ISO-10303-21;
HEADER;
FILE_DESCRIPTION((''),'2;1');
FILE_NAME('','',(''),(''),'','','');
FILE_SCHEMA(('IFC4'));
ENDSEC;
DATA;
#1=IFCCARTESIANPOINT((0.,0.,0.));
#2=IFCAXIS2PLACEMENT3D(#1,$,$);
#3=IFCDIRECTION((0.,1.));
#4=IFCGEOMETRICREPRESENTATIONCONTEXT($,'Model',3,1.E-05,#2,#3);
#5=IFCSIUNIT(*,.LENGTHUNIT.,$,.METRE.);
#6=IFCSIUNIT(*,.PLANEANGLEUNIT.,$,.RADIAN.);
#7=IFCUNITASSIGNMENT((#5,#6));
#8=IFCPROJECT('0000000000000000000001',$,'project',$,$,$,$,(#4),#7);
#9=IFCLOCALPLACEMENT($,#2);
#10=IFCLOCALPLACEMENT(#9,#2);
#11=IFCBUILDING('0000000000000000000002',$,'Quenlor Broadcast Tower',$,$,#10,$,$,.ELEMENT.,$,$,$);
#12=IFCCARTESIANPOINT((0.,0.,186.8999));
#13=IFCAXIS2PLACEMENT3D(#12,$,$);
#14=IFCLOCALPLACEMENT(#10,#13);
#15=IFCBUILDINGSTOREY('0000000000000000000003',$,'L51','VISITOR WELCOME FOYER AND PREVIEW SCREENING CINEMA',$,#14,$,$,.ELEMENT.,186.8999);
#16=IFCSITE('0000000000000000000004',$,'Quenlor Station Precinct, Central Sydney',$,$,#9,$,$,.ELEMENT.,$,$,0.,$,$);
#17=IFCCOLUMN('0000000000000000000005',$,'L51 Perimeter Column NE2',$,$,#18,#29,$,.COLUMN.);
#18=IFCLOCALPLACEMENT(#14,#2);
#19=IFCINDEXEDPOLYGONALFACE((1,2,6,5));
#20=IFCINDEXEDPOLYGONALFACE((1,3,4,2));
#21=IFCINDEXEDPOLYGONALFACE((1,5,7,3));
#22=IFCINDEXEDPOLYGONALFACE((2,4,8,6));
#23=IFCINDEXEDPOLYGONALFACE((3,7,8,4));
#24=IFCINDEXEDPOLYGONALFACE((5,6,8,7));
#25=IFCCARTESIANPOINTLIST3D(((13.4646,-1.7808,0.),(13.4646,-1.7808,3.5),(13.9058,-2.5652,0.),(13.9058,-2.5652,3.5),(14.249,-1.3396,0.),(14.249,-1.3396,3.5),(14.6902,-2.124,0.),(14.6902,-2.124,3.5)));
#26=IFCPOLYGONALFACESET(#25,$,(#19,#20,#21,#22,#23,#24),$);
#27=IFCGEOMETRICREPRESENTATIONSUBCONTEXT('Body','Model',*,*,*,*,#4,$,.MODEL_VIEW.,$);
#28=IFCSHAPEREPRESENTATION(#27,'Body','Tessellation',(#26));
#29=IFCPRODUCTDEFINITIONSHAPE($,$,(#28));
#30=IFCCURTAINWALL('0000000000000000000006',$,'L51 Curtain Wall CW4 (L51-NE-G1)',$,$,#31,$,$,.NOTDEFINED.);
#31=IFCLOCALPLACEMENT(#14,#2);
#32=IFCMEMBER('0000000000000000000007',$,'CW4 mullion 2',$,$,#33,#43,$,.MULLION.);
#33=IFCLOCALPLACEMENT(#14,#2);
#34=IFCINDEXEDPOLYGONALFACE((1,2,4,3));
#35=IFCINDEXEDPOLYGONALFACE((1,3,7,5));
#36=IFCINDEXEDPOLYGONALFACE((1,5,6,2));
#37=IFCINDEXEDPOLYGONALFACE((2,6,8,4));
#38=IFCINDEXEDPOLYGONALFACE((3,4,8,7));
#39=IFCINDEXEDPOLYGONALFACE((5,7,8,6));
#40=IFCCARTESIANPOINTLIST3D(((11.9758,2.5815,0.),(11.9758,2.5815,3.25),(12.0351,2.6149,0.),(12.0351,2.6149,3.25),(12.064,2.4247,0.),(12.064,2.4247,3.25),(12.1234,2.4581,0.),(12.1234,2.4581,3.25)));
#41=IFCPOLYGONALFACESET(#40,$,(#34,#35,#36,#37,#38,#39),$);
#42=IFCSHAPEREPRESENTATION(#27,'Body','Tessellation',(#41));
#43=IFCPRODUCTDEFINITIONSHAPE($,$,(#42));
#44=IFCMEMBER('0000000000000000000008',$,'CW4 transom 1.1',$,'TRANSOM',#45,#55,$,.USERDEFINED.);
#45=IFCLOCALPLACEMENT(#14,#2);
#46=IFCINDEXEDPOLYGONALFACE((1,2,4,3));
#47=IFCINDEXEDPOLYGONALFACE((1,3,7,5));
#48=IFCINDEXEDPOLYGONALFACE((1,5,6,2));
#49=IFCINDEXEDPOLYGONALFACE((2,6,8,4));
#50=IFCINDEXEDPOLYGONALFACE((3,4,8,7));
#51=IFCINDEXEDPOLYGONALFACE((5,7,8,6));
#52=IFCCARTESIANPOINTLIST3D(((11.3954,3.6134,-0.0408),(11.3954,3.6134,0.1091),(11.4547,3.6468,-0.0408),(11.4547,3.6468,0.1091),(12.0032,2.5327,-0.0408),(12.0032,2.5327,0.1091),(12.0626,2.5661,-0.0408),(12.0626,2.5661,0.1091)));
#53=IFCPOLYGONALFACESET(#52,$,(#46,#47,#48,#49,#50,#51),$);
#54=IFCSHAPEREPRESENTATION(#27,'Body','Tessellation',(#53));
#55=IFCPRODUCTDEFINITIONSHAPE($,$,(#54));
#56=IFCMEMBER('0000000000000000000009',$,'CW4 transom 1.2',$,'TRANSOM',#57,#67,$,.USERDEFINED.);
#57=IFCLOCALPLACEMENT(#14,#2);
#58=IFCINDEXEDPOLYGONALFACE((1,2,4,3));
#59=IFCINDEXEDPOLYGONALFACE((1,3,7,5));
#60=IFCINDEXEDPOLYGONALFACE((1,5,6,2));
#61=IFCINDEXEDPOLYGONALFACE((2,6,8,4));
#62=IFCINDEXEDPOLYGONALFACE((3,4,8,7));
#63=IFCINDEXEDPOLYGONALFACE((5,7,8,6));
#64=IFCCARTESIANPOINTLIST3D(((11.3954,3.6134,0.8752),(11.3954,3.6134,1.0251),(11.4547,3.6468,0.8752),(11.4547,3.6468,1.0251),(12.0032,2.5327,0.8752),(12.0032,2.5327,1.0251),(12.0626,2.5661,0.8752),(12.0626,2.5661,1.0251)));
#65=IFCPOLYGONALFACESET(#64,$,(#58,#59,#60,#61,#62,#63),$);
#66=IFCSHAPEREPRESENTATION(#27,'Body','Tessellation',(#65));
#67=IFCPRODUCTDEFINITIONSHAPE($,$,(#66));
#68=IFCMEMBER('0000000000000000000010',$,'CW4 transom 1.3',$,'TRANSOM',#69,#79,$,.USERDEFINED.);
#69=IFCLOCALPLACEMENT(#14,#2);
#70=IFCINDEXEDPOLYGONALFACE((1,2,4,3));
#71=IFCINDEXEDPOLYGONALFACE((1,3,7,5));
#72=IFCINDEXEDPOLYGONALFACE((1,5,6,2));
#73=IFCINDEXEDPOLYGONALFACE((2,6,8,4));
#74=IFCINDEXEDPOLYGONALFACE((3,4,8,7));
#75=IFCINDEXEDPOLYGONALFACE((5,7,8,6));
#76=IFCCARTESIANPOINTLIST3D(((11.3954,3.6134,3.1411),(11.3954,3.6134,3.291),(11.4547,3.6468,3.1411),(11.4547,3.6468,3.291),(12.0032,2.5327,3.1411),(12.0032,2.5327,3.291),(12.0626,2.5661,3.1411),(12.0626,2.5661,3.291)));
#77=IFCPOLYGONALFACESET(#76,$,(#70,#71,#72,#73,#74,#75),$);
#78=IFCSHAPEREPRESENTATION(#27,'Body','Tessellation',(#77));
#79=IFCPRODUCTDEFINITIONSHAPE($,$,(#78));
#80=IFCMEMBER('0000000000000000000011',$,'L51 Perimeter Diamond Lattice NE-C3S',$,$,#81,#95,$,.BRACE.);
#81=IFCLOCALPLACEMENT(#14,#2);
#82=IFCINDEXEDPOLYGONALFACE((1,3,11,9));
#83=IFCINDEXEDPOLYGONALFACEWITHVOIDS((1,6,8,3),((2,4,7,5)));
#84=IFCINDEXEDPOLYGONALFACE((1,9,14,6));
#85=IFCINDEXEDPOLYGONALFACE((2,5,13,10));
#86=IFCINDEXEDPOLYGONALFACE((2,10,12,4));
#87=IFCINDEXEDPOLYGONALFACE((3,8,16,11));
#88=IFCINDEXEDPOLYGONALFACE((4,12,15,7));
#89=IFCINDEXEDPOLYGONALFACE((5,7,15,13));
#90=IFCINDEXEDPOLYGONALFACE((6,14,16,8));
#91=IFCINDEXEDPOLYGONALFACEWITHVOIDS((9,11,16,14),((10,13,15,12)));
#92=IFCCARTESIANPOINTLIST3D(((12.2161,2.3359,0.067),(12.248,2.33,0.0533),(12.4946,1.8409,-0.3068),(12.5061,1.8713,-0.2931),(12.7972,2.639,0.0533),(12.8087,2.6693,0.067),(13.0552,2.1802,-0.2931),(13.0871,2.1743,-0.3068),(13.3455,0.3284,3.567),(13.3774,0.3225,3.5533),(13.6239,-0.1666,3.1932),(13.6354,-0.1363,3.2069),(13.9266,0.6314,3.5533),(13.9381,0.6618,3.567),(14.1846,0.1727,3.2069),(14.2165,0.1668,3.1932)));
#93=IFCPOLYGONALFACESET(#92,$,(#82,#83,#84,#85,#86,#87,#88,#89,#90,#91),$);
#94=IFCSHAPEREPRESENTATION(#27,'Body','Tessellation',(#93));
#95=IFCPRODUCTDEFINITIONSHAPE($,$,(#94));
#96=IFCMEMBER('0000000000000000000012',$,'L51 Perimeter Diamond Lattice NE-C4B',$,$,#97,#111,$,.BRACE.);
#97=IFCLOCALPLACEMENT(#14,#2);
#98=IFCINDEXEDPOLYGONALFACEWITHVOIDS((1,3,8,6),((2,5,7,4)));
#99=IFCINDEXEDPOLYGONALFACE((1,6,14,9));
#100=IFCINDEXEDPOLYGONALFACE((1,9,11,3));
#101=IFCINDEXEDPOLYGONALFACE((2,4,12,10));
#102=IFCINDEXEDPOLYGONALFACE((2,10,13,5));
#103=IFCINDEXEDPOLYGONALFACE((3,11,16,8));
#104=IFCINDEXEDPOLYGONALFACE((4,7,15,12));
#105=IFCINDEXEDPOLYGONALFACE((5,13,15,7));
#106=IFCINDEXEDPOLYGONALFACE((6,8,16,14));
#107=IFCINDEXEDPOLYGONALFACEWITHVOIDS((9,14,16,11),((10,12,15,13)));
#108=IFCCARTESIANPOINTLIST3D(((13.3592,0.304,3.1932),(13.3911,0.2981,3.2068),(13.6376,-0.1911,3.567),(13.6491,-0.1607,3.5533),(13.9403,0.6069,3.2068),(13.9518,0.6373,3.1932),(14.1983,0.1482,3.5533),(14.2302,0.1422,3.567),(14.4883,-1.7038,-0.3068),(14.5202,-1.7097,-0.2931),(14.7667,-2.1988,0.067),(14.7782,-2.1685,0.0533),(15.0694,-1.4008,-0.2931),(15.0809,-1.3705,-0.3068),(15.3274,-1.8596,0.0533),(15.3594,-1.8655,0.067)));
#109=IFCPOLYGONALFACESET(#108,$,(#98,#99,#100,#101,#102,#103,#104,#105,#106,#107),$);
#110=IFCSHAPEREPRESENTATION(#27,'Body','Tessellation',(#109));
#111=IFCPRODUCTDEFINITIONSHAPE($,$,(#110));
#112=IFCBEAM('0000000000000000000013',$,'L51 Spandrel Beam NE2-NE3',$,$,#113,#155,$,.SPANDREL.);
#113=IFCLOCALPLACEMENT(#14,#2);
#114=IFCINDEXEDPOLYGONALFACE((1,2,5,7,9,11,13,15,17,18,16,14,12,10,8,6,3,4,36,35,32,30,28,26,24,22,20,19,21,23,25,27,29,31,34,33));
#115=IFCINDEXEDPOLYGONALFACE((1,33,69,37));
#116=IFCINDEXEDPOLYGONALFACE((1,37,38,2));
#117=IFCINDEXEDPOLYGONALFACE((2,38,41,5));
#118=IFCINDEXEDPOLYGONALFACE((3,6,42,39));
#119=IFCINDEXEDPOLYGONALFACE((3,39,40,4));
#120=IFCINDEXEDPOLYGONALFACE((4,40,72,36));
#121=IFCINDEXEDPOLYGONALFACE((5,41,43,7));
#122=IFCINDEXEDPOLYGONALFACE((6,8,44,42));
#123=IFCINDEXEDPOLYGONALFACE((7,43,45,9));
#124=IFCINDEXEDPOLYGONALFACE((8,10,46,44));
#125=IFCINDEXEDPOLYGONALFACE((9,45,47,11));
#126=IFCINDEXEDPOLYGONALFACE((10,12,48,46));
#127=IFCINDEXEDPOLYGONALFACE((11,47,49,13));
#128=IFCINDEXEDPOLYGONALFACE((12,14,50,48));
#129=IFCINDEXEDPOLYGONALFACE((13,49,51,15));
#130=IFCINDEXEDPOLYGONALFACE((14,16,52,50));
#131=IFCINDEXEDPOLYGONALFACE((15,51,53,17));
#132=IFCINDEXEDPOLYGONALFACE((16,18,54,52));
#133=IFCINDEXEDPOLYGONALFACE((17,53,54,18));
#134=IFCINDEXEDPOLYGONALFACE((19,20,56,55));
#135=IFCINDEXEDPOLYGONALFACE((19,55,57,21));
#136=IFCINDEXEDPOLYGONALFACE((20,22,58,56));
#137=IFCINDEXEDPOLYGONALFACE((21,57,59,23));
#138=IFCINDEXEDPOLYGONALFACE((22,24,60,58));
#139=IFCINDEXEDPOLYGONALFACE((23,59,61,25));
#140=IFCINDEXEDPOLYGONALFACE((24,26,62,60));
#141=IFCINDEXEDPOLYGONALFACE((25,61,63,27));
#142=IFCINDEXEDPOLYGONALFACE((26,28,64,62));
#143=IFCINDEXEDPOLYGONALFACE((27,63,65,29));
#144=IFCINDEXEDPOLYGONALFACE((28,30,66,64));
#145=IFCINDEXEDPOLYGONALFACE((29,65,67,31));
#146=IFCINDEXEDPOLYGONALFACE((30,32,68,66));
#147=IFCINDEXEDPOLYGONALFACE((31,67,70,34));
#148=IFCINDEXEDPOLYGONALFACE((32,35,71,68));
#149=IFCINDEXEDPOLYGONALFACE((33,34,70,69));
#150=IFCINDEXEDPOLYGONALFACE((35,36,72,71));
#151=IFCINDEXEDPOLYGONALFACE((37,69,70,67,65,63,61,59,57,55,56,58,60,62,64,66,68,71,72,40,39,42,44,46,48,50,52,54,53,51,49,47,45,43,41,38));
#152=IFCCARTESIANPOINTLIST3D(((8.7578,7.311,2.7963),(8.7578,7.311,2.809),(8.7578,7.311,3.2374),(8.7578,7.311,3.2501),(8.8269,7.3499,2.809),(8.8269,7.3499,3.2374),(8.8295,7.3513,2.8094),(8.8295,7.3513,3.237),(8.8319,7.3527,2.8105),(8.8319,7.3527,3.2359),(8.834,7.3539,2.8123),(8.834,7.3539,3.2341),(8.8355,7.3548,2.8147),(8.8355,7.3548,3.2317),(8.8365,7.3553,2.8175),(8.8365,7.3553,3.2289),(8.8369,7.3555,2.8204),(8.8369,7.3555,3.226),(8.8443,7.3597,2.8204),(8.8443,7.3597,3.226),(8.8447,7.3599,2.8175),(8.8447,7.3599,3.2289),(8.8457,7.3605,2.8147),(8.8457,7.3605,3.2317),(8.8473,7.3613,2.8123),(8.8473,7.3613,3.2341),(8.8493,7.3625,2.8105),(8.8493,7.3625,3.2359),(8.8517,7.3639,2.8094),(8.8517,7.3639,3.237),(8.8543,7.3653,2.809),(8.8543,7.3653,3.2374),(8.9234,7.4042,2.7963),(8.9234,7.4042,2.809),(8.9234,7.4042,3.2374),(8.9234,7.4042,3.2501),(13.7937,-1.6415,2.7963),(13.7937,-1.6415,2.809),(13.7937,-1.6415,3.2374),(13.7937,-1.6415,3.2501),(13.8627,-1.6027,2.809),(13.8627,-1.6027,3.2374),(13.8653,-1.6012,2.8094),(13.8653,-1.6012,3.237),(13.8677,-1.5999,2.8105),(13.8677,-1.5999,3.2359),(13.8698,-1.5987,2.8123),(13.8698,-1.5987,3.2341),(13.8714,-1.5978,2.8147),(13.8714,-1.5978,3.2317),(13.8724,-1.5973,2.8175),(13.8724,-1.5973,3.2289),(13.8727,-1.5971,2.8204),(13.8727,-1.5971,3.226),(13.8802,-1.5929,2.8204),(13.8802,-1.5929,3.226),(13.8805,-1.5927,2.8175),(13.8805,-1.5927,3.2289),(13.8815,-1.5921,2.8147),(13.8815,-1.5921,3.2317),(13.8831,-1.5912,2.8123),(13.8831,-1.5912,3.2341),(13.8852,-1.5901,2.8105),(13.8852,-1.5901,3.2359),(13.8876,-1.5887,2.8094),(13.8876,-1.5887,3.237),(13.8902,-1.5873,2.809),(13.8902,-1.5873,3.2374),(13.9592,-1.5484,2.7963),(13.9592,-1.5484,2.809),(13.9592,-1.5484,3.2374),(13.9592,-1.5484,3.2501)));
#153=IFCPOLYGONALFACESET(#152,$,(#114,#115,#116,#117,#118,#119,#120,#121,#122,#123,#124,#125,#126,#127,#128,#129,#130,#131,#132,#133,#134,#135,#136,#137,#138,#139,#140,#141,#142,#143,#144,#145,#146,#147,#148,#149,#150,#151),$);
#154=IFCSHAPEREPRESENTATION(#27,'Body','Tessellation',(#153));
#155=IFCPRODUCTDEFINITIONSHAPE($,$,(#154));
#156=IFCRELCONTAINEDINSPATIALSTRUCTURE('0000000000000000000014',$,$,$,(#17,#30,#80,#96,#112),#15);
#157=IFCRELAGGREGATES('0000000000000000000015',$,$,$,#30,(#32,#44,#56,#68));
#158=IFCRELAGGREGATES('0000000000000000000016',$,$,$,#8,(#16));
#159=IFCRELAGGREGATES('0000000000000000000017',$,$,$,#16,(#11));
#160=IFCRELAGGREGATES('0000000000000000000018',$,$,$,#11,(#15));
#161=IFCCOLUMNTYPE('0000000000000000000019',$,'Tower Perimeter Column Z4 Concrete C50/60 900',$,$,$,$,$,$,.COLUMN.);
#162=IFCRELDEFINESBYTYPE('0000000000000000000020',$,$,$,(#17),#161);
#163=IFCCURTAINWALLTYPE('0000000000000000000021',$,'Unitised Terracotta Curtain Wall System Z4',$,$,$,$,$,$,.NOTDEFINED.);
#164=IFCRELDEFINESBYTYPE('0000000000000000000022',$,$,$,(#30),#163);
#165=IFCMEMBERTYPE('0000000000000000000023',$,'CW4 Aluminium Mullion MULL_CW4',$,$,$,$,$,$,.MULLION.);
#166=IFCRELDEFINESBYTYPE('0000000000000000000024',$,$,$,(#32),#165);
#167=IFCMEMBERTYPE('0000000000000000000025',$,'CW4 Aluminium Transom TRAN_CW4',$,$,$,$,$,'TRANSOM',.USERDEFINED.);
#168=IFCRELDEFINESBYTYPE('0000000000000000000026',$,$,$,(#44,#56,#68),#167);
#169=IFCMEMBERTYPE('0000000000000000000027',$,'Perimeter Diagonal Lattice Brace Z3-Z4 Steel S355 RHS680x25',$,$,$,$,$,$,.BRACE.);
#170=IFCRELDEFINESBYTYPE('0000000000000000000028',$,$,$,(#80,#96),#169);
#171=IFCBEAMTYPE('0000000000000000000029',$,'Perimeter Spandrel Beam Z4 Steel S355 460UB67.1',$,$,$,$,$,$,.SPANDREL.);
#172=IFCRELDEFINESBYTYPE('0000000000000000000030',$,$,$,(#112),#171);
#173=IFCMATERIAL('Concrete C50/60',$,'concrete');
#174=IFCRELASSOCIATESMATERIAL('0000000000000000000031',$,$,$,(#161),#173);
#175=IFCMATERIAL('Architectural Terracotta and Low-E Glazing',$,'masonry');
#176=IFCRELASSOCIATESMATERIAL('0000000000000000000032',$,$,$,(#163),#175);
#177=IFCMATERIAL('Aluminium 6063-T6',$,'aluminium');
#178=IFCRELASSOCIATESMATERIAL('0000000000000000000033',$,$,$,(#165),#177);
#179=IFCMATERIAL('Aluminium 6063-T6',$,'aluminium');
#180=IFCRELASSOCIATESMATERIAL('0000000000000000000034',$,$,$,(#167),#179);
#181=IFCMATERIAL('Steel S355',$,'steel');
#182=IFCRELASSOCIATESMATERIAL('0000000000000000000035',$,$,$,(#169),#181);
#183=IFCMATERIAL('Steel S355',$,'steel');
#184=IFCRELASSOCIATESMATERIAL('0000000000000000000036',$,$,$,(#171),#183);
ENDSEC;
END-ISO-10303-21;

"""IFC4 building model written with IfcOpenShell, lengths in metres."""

from ifc_helpers import new_model, si_unit, direction, frame, origin, origin_2d, place, context, subcontext, project, spatial, rectangle, hollow_rectangle, i_section, extrude, material, material_profile, profile_set, type_object, element, aggregate, save


model = new_model("IFC4")

# Units and contexts
model_context = context("Model", 3, precision=1e-05, world=origin(), true_north=direction((0.0, 1.0)))
body_context = subcontext(model_context, "Body", "Model", "MODEL_VIEW")
ifc_project = project(units=[si_unit("LENGTHUNIT", "METRE"), si_unit("PLANEANGLEUNIT", "RADIAN")], contexts=[model_context])

# Site, building, storey
site_placement = place(None, origin())
site = spatial("IfcSite", under=ifc_project, at=site_placement, Name="Quenlor Station Precinct, Central Sydney", CompositionType="ELEMENT", RefElevation=0.0)
building_placement = place(site_placement, origin())
building = spatial("IfcBuilding", under=site, at=building_placement, Name="Quenlor Broadcast Tower", CompositionType="ELEMENT")
storey_placement = place(building_placement, frame((0.0, 0.0, 186.8999)))
storey = spatial("IfcBuildingStorey", under=building, at=storey_placement, Name="L51", Description="VISITOR WELCOME FOYER AND PREVIEW SCREENING CINEMA", CompositionType="ELEMENT", Elevation=186.8999)

# Column
ifc_material_1 = material(Name="Concrete C50/60", Category="concrete")
ifc_material_profile_1 = material_profile(ifc_material_1, rectangle(XDim=0.8999, YDim=0.8999, at=origin_2d()))
ifc_profile_set_1 = profile_set([ifc_material_profile_1], Name="Concrete C50/60 RC900x900")
column_type = type_object("IfcColumnType", Name="Tower Perimeter Column Z4 Concrete C50/60 900", PredefinedType="COLUMN", material=ifc_profile_set_1)
column_placement = place(storey_placement, frame((14.0774, -1.9524, 0.0), z_axis=(0.0, 0.0, 1.0), x_axis=(0.871575, 0.490262, 0.0)))
element("IfcColumn", 1, at=column_placement, inside=storey, type_object=column_type, Name="L51 Perimeter Column NE2", PredefinedType="COLUMN", context=body_context, shape_type="SweptSolid", body=[
    extrude(rectangle(XDim=0.8999, YDim=0.8999, at=origin_2d()), origin(), (0.0, 0.0, 1.0), 3.5),
])

# Curtain wall, members
ifc_material_2 = material(Name="Architectural Terracotta and Low-E Glazing", Category="masonry")
curtain_wall_type = type_object("IfcCurtainWallType", Name="Unitised Terracotta Curtain Wall System Z4", PredefinedType="NOTDEFINED", material=ifc_material_2)
curtain_wall_placement = place(storey_placement, origin())
curtain_wall = element("IfcCurtainWall", 2, at=curtain_wall_placement, inside=storey, type_object=curtain_wall_type, Name="L51 Curtain Wall CW4 (L51-NE-G1)", PredefinedType="NOTDEFINED")
ifc_material_3 = material(Name="Aluminium 6063-T6", Category="aluminium")
ifc_material_profile_2 = material_profile(ifc_material_3, rectangle(XDim=0.0681, YDim=0.1799, at=origin_2d()))
ifc_profile_set_2 = profile_set([ifc_material_profile_2], Name="Aluminium 6063-T6 MULL68x180")
member_type_1 = type_object("IfcMemberType", Name="CW4 Aluminium Mullion MULL_CW4", PredefinedType="MULLION", material=ifc_profile_set_2)
member_1_placement = place(storey_placement, frame((12.0496, 2.5198, 0.0), z_axis=(0.0, 0.0, 1.0), x_axis=(0.87156, 0.490289, 0.0)))
member_1 = element("IfcMember", 3, at=member_1_placement, type_object=member_type_1, Name="CW4 mullion 2", PredefinedType="MULLION", context=body_context, shape_type="SweptSolid", body=[
    extrude(rectangle(XDim=0.0681, YDim=0.1799, at=origin_2d()), origin(), (0.0, 0.0, 1.0), 3.25),
])
ifc_material_4 = material(Name="Aluminium 6063-T6", Category="aluminium")
ifc_material_profile_3 = material_profile(ifc_material_4, rectangle(XDim=0.0681, YDim=0.1499, at=origin_2d()))
ifc_profile_set_3 = profile_set([ifc_material_profile_3], Name="Aluminium 6063-T6 TRAN68x150")
member_type_2 = type_object("IfcMemberType", Name="CW4 Aluminium Transom TRAN_CW4", ElementType="TRANSOM", PredefinedType="USERDEFINED", material=ifc_profile_set_3)
member_2_placement = place(storey_placement, frame((11.425, 3.6301, 0.0342), z_axis=(0.490233, -0.871591, 0.0), x_axis=(0.871591, 0.490233, 0.0)))
member_2 = element("IfcMember", 4, at=member_2_placement, type_object=member_type_2, Name="CW4 transom 1.1", ObjectType="TRANSOM", PredefinedType="USERDEFINED", context=body_context, shape_type="SweptSolid", body=[
    extrude(rectangle(XDim=0.0681, YDim=0.1499, at=origin_2d()), origin(), (0.0, 0.0, 1.0), 1.24),
])
member_3_placement = place(storey_placement, frame((11.425, 3.6301, 0.9502), z_axis=(0.490233, -0.871591, 0.0), x_axis=(0.871591, 0.490233, 0.0)))
member_3 = element("IfcMember", 5, at=member_3_placement, type_object=member_type_2, Name="CW4 transom 1.2", ObjectType="TRANSOM", PredefinedType="USERDEFINED", context=body_context, shape_type="SweptSolid", body=[
    extrude(rectangle(XDim=0.0681, YDim=0.1499, at=origin_2d()), origin(), (0.0, 0.0, 1.0), 1.24),
])
member_4_placement = place(storey_placement, frame((11.425, 3.6301, 3.2161), z_axis=(0.490233, -0.871591, 0.0), x_axis=(0.871591, 0.490233, 0.0)))
member_4 = element("IfcMember", 6, at=member_4_placement, type_object=member_type_2, Name="CW4 transom 1.3", ObjectType="TRANSOM", PredefinedType="USERDEFINED", context=body_context, shape_type="SweptSolid", body=[
    extrude(rectangle(XDim=0.0681, YDim=0.1499, at=origin_2d()), origin(), (0.0, 0.0, 1.0), 1.24),
])

# Members
ifc_material_5 = material(Name="Steel S355", Category="steel")
ifc_material_profile_4 = material_profile(ifc_material_5, hollow_rectangle(XDim=0.6799, YDim=0.6799, WallThickness=0.0249, at=origin_2d()))
ifc_profile_set_4 = profile_set([ifc_material_profile_4], Name="Steel S355 RHS680x680x25")
member_type_3 = type_object("IfcMemberType", Name="Perimeter Diagonal Lattice Brace Z3-Z4 Steel S355 RHS680x25", PredefinedType="BRACE", material=ifc_profile_set_4)
for number, where, z_axis, x_axis, name in (
    (7, (12.6516, 2.2551, -0.1199), (0.269547, -0.479136, 0.835328), (0.87155, 0.490307, 0.0), "L51 Perimeter Diamond Lattice NE-C3S"),
    (8, (14.9238, -1.7847, -0.1199), (-0.269485, 0.479189, 0.835318), (-0.871621, -0.490181, 0.0), "L51 Perimeter Diamond Lattice NE-C4B"),
):
    element("IfcMember", number, at=place(storey_placement, frame(where, z_axis=z_axis, x_axis=x_axis)), inside=storey, type_object=member_type_3, Name=name, PredefinedType="BRACE", context=body_context, shape_type="SweptSolid", body=[
        extrude(hollow_rectangle(XDim=0.6799, YDim=0.6799, WallThickness=0.0249, at=origin_2d()), origin(), (0.0, 0.0, 1.0), 4.1899),
    ])

# Beam
ifc_material_6 = material(Name="Steel S355", Category="steel")
ifc_material_profile_5 = material_profile(ifc_material_6, i_section(OverallWidth=0.1899, OverallDepth=0.4539, WebThickness=0.0085, FlangeThickness=0.0127, FilletRadius=0.0115, at=origin_2d()))
ifc_profile_set_5 = profile_set([ifc_material_profile_5], Name="Steel S355 460UB67.1")
beam_type_1 = type_object("IfcBeamType", Name="Perimeter Spandrel Beam Z4 Steel S355 460UB67.1", PredefinedType="SPANDREL", material=ifc_profile_set_5)
beam_1_placement = place(storey_placement, frame((13.8765, -1.595, 3.0232), z_axis=(-0.490263, 0.871574, 0.0), x_axis=(-0.871574, -0.490263, 0.0)))
element("IfcBeam", 9, at=beam_1_placement, inside=storey, type_object=beam_type_1, Name="L51 Spandrel Beam NE2-NE3", PredefinedType="SPANDREL", context=body_context, shape_type="SweptSolid", body=[
    extrude(i_section(OverallWidth=0.1899, OverallDepth=0.4539, WebThickness=0.0085, FlangeThickness=0.0127, FilletRadius=0.0115, at=origin_2d()), origin(), (0.0, 0.0, 1.0), 10.2717),
])

aggregate(curtain_wall, [member_1, member_2, member_3, member_4])

save(model, "model.ifc")
